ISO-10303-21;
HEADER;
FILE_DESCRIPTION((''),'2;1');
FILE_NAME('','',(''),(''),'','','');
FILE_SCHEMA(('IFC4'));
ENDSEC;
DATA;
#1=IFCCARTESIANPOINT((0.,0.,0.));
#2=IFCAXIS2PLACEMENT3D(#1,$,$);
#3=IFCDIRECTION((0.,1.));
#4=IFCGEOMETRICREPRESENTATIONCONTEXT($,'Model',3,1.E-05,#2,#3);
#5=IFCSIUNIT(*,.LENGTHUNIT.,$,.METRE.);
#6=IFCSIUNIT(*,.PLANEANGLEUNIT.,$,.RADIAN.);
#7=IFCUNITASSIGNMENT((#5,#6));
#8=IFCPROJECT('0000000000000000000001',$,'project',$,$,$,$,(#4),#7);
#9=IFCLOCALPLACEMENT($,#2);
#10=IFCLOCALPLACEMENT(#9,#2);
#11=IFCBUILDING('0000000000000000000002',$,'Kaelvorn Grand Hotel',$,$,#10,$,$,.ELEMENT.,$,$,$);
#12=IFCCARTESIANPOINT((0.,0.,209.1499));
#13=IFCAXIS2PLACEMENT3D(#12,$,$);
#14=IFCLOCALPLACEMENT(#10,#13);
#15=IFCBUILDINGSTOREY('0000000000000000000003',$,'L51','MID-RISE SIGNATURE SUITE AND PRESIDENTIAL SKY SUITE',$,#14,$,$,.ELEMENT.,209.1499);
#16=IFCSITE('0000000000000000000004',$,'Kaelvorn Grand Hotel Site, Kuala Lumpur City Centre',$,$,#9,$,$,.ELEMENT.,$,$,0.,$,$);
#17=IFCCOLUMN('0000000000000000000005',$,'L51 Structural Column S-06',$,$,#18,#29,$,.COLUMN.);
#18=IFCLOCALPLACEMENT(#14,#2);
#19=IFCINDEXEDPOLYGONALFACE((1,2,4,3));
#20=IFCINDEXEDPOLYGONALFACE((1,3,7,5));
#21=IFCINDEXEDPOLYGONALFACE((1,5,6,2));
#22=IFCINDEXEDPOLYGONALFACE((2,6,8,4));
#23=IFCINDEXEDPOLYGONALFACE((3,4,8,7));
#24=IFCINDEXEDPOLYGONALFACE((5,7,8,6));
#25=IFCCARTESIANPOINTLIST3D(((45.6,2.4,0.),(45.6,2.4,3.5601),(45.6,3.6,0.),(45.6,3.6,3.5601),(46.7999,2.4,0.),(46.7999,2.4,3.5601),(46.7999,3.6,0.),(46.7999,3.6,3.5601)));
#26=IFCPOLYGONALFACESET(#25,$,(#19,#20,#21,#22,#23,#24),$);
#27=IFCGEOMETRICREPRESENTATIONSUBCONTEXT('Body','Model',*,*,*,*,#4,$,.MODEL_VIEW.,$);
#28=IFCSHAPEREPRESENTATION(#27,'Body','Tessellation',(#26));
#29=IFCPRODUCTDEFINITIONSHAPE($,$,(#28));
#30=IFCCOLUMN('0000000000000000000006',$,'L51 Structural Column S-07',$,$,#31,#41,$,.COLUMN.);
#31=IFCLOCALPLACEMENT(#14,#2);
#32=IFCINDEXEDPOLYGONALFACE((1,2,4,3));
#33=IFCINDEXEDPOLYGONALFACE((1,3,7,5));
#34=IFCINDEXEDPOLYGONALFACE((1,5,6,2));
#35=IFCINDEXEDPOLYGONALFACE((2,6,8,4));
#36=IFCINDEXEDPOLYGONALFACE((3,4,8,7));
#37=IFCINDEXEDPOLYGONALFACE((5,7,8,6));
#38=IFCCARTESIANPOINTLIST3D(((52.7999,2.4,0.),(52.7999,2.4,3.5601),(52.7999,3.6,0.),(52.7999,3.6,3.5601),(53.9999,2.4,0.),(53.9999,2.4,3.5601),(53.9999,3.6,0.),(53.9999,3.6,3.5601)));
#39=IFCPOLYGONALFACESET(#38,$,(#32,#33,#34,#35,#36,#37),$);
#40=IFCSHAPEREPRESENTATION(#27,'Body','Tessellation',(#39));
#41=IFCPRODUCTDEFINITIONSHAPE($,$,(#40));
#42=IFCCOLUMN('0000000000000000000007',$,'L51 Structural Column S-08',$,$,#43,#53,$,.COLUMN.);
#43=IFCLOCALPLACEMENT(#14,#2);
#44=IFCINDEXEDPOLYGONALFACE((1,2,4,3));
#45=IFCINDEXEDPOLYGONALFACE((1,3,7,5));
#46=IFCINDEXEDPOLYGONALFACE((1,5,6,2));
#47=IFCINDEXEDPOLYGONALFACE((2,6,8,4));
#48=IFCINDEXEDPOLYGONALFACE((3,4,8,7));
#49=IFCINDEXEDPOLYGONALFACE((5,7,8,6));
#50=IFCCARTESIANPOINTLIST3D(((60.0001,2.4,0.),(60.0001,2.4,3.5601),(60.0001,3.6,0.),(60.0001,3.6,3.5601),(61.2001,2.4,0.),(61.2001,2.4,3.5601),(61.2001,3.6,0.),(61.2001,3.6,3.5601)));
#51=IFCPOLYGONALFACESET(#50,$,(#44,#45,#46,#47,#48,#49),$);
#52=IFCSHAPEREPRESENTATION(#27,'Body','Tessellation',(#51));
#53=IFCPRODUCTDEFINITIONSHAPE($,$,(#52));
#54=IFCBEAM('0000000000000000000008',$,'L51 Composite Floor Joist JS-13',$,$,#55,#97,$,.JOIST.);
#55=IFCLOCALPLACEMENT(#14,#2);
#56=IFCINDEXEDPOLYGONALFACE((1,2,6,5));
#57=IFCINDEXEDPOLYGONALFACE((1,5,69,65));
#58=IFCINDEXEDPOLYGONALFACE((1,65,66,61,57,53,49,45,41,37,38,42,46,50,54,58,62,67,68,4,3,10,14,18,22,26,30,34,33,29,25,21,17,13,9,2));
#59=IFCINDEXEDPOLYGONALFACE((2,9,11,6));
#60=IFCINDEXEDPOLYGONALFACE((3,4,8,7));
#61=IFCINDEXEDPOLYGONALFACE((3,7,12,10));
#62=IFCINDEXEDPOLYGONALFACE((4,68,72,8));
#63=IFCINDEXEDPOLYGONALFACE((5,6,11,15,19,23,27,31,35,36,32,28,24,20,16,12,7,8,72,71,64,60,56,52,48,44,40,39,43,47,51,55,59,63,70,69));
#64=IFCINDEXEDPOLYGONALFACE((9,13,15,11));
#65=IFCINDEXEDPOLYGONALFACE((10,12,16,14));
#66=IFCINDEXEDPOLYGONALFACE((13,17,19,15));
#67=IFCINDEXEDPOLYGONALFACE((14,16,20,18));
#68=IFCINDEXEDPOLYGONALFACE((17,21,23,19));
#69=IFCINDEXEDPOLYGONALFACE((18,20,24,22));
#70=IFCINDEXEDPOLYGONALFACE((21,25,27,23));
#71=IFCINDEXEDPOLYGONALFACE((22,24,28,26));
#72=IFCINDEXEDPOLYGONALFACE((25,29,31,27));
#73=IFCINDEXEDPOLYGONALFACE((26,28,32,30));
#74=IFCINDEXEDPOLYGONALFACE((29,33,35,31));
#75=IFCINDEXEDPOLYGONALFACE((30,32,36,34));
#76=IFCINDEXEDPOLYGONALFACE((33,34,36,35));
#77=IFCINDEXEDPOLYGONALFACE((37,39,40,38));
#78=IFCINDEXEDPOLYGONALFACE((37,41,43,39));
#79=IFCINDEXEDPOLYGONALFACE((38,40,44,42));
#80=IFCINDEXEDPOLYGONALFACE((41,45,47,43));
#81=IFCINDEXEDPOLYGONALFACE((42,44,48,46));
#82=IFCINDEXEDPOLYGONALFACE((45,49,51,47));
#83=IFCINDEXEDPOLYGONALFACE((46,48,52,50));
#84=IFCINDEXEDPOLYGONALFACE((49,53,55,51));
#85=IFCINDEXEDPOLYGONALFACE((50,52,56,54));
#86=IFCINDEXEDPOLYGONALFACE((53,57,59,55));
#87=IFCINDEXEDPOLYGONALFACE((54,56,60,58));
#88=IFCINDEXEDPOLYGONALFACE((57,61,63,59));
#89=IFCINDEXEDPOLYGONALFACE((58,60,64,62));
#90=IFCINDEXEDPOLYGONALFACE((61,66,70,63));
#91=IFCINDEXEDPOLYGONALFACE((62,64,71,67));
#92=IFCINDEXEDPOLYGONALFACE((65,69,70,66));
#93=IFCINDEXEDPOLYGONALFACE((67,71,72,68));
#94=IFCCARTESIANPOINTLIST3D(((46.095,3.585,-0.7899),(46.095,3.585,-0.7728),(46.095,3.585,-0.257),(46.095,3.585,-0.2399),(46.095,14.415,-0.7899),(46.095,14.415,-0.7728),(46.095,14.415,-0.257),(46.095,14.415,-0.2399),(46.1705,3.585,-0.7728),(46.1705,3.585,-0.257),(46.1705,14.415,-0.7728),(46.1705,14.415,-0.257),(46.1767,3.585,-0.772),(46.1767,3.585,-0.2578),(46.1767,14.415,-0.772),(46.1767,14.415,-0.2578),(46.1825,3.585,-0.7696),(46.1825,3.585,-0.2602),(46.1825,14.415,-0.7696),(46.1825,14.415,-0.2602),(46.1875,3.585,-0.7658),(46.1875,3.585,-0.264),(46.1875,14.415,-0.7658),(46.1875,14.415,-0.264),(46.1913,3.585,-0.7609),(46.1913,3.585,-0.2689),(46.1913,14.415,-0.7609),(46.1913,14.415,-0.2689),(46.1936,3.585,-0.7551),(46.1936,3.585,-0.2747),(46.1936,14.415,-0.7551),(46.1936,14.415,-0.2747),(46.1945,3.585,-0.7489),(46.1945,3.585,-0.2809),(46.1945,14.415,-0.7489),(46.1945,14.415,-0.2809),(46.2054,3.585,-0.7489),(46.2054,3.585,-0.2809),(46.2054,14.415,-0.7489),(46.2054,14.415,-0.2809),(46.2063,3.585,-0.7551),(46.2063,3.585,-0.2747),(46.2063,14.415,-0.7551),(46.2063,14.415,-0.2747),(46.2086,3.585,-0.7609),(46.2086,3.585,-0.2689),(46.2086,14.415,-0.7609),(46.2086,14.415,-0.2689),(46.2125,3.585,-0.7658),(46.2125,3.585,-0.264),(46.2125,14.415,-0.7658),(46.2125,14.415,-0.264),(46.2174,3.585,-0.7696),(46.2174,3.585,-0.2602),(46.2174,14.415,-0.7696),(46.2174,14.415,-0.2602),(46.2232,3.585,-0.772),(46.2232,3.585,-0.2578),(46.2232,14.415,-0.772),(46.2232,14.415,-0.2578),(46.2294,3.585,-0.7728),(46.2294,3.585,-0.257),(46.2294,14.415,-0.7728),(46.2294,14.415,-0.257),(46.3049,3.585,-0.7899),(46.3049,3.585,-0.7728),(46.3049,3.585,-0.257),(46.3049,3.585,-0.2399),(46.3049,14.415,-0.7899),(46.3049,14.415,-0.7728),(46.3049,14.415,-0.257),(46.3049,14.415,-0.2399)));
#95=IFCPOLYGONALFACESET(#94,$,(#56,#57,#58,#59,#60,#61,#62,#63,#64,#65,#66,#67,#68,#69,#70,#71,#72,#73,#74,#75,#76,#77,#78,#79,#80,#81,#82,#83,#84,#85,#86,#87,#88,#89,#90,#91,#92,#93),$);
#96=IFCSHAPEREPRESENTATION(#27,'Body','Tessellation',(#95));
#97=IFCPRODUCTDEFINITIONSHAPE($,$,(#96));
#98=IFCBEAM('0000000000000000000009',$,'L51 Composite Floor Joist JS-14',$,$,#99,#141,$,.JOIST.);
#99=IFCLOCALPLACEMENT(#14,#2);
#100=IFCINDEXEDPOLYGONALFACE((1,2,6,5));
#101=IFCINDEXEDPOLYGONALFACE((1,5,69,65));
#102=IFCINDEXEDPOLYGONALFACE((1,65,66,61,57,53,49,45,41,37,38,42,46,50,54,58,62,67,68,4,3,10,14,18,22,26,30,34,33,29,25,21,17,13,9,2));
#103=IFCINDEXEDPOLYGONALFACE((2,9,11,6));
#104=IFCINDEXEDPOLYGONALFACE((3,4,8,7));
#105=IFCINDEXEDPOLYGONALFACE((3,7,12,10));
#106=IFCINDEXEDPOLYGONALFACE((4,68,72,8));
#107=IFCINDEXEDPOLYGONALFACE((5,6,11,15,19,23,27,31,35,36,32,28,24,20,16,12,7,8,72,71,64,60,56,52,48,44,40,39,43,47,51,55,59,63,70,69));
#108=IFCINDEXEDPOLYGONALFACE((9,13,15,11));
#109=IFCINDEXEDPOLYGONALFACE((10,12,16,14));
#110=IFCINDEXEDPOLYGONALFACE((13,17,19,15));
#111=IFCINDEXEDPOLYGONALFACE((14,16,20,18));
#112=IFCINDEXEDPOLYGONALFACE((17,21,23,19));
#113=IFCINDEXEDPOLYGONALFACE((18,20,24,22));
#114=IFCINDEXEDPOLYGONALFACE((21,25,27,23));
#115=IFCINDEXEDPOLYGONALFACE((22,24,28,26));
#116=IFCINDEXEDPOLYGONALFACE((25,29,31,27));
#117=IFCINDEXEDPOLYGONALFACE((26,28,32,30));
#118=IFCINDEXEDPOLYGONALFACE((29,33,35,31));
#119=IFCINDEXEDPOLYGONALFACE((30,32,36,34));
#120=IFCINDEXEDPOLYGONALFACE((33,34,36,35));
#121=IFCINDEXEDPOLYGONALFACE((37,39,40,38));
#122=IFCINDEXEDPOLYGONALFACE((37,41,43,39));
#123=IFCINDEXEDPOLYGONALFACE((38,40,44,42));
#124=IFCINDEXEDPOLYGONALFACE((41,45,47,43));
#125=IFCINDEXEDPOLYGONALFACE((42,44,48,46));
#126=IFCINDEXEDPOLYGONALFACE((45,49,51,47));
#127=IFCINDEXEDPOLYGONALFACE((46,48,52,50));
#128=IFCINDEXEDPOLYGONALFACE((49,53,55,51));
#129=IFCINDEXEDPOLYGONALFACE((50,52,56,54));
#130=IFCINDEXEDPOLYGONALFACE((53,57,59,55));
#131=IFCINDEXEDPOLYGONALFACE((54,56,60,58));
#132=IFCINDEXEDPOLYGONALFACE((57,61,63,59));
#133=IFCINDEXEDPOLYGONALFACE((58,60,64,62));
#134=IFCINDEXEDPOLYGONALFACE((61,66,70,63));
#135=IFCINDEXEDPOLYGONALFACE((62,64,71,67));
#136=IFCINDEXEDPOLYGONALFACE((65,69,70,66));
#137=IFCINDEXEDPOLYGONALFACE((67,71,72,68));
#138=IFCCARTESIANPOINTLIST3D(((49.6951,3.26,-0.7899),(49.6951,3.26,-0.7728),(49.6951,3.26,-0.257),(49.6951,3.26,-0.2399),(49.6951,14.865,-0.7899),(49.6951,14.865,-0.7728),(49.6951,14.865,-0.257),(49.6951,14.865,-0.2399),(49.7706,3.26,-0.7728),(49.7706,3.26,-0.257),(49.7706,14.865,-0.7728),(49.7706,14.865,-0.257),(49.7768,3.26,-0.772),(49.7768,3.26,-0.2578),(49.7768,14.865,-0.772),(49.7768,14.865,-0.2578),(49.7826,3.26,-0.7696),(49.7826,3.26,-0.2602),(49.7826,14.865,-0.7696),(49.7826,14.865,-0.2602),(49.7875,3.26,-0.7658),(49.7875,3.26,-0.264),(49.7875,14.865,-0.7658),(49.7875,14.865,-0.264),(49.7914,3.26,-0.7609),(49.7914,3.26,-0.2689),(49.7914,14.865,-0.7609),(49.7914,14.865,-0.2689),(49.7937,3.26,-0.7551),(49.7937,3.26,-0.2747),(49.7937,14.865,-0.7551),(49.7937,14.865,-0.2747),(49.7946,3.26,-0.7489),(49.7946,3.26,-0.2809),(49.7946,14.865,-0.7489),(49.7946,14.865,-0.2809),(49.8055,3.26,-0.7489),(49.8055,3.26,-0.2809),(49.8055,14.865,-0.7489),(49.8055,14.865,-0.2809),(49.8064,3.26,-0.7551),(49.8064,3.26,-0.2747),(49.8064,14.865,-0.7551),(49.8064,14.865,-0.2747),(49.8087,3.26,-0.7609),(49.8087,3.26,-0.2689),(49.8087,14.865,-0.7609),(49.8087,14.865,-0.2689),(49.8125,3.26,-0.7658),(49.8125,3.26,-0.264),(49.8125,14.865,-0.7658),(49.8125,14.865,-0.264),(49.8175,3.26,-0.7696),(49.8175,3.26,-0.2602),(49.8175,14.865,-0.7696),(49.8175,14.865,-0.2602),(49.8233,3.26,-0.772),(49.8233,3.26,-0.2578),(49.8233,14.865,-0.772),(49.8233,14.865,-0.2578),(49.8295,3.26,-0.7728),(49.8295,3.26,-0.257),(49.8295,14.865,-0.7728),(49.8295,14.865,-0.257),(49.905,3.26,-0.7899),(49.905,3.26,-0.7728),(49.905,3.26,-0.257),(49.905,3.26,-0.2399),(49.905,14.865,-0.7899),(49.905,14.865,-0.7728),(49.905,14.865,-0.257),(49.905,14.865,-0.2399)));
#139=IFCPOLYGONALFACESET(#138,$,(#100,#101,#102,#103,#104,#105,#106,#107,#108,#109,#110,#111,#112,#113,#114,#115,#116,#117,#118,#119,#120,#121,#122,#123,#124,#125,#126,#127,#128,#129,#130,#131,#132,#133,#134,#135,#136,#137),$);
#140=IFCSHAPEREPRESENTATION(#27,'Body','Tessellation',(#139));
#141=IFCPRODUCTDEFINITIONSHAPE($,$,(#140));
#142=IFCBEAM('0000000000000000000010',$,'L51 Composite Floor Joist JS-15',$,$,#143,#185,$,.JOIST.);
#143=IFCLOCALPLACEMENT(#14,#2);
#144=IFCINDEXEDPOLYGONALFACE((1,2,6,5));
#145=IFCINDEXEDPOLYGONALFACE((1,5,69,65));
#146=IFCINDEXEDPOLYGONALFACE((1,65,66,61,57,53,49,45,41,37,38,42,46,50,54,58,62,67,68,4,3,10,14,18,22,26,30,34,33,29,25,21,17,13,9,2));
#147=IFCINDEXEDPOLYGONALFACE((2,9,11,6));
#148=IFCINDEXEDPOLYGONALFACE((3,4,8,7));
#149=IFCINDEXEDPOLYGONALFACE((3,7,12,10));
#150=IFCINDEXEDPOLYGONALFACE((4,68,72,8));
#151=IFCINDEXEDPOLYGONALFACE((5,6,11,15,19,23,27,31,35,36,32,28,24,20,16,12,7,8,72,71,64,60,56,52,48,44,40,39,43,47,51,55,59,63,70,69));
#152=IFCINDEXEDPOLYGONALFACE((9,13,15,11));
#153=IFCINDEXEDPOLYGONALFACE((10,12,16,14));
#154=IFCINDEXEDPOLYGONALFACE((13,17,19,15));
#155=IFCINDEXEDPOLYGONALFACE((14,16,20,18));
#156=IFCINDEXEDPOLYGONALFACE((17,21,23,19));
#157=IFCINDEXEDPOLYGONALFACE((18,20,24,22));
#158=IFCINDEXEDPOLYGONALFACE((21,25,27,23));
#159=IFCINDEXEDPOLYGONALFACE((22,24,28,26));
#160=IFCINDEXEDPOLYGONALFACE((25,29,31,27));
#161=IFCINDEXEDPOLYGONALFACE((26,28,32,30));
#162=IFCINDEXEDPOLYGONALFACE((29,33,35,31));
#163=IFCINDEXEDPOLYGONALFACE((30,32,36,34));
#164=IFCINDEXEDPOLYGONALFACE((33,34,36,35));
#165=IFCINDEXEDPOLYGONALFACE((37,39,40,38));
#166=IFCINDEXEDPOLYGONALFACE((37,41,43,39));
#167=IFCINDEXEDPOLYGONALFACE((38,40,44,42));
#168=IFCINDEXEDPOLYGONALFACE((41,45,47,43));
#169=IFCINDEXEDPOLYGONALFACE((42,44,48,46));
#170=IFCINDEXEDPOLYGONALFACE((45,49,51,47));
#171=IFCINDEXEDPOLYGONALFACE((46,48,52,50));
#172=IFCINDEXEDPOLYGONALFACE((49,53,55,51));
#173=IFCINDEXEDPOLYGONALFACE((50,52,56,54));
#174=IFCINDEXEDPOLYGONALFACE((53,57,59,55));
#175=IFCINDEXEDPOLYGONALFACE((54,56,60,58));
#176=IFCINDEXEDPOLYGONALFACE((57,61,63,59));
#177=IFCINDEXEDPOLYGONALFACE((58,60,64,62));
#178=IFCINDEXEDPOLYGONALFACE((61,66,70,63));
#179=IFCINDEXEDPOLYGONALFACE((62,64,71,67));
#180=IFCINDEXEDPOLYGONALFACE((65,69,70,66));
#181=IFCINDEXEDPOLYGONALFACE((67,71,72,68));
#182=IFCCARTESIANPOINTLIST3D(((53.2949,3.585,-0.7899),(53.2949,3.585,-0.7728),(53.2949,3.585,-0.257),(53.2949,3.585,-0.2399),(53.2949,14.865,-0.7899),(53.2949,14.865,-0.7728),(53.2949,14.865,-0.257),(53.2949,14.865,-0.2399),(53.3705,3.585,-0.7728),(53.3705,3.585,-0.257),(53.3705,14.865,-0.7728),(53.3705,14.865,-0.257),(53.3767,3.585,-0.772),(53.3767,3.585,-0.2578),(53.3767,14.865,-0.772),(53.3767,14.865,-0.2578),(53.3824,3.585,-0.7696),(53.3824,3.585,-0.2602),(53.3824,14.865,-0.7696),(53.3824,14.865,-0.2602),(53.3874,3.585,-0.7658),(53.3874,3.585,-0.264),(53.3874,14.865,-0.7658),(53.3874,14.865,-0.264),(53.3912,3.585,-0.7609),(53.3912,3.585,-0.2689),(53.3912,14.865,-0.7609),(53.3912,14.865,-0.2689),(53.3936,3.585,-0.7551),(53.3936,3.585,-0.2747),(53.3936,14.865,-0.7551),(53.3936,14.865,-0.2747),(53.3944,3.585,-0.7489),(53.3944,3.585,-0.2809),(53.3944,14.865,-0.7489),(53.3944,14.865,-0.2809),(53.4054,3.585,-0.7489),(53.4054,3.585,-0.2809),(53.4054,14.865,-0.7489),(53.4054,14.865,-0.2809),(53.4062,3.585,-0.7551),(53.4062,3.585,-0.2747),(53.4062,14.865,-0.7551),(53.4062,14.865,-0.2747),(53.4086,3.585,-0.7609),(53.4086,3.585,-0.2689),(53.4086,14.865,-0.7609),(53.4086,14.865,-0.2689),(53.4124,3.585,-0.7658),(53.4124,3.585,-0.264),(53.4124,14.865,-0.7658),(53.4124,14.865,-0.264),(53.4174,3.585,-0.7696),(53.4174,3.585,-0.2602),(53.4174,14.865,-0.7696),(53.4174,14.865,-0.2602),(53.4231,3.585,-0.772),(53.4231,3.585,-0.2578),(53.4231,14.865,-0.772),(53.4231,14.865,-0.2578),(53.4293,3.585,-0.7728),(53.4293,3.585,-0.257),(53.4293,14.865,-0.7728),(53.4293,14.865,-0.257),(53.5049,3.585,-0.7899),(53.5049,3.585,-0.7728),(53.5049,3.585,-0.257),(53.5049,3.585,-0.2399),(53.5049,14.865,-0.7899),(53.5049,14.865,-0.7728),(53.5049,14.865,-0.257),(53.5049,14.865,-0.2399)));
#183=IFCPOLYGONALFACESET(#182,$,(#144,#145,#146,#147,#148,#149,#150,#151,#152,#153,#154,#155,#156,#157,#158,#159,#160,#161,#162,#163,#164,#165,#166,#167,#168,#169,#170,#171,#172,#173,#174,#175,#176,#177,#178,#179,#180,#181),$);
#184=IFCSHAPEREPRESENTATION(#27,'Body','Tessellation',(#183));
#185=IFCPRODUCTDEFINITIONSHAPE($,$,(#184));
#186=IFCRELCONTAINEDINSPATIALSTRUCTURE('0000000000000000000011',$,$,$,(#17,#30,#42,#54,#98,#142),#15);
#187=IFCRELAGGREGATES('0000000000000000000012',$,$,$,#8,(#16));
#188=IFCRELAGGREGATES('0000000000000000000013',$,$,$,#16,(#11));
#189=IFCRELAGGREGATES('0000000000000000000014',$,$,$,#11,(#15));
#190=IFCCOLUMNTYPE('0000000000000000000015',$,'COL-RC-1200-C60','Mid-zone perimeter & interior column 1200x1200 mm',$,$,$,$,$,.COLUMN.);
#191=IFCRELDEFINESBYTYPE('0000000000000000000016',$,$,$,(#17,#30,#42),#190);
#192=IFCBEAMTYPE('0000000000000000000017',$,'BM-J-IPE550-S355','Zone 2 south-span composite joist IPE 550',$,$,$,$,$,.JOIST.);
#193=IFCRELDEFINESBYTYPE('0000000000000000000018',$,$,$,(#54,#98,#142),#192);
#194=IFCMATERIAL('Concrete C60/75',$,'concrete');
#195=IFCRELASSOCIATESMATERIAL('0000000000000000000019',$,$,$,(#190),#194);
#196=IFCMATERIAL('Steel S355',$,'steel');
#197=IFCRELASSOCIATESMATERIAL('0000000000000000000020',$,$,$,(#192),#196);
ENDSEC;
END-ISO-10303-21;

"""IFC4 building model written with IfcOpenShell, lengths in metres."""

from ifc_helpers import new_model, si_unit, direction, frame, origin, origin_2d, place, context, subcontext, project, spatial, rectangle, i_section, extrude, material, material_profile, profile_set, type_object, element, save


model = new_model("IFC4")

# Units and contexts
model_context = context("Model", 3, precision=1e-05, world=origin(), true_north=direction((0.0, 1.0)))
body_context = subcontext(model_context, "Body", "Model", "MODEL_VIEW")
ifc_project = project(units=[si_unit("LENGTHUNIT", "METRE"), si_unit("PLANEANGLEUNIT", "RADIAN")], contexts=[model_context])

# Site, building, storey
site_placement = place(None, origin())
site = spatial("IfcSite", under=ifc_project, at=site_placement, Name="Kaelvorn Grand Hotel Site, Kuala Lumpur City Centre", CompositionType="ELEMENT", RefElevation=0.0)
building_placement = place(site_placement, origin())
building = spatial("IfcBuilding", under=site, at=building_placement, Name="Kaelvorn Grand Hotel", CompositionType="ELEMENT")
storey_placement = place(building_placement, frame((0.0, 0.0, 209.1499)))
storey = spatial("IfcBuildingStorey", under=building, at=storey_placement, Name="L51", Description="MID-RISE SIGNATURE SUITE AND PRESIDENTIAL SKY SUITE", CompositionType="ELEMENT", Elevation=209.1499)

# Columns
ifc_material_1 = material(Name="Concrete C60/75", Category="concrete")
ifc_material_profile_1 = material_profile(ifc_material_1, rectangle(XDim=1.2, YDim=1.2, at=origin_2d()), Name="RC COL 1200x1200")
ifc_profile_set_1 = profile_set([ifc_material_profile_1], Name="Concrete C60/75")
column_type = type_object("IfcColumnType", Name="COL-RC-1200-C60", Description="Mid-zone perimeter & interior column 1200x1200 mm", PredefinedType="COLUMN", material=ifc_profile_set_1)
for number, where, z_axis, x_axis, name in (
    (1, (46.2, 3.0, 0.0), (0.0, 0.0, 1.0), (1.0, 0.0, 0.0), "L51 Structural Column S-06"),
    (2, (53.3999, 3.0, 0.0), (0.0, 0.0, 1.0), (1.0, 0.0, 0.0), "L51 Structural Column S-07"),
    (3, (60.6001, 3.0, 0.0), (0.0, 0.0, 1.0), (1.0, 0.0, 0.0), "L51 Structural Column S-08"),
):
    element("IfcColumn", number, at=place(storey_placement, frame(where, z_axis=z_axis, x_axis=x_axis)), inside=storey, type_object=column_type, Name=name, PredefinedType="COLUMN", context=body_context, shape_type="SweptSolid", body=[
        extrude(rectangle(XDim=1.2, YDim=1.2, at=origin_2d()), origin(), (0.0, 0.0, 1.0), 3.5601),
    ])

# Beams
ifc_material_2 = material(Name="Steel S355", Category="steel")
ifc_material_profile_2 = material_profile(ifc_material_2, i_section(OverallWidth=0.21, OverallDepth=0.55, WebThickness=0.011, FlangeThickness=0.0171, FilletRadius=0.0239, at=origin_2d()), Name="IPE 550")
ifc_profile_set_2 = profile_set([ifc_material_profile_2], Name="Steel S355")
beam_type_1 = type_object("IfcBeamType", Name="BM-J-IPE550-S355", Description="Zone 2 south-span composite joist IPE 550", PredefinedType="JOIST", material=ifc_profile_set_2)
beam_1_placement = place(storey_placement, frame((46.2, 3.585, -0.5149), z_axis=(0.0, 1.0, 0.0), x_axis=(-1.0, 0.0, 0.0)))
element("IfcBeam", 4, at=beam_1_placement, inside=storey, type_object=beam_type_1, Name="L51 Composite Floor Joist JS-13", PredefinedType="JOIST", context=body_context, shape_type="SweptSolid", body=[
    extrude(i_section(OverallWidth=0.21, OverallDepth=0.55, WebThickness=0.011, FlangeThickness=0.0171, FilletRadius=0.0239, at=origin_2d()), origin(), (0.0, 0.0, 1.0), 10.8301),
])
beam_2_placement = place(storey_placement, frame((49.8, 3.26, -0.5149), z_axis=(0.0, 1.0, 0.0), x_axis=(-1.0, 0.0, 0.0)))
element("IfcBeam", 5, at=beam_2_placement, inside=storey, type_object=beam_type_1, Name="L51 Composite Floor Joist JS-14", PredefinedType="JOIST", context=body_context, shape_type="SweptSolid", body=[
    extrude(i_section(OverallWidth=0.21, OverallDepth=0.55, WebThickness=0.011, FlangeThickness=0.0171, FilletRadius=0.0239, at=origin_2d()), origin(), (0.0, 0.0, 1.0), 11.605),
])
beam_3_placement = place(storey_placement, frame((53.3999, 3.585, -0.5149), z_axis=(0.0, 1.0, 0.0), x_axis=(-1.0, 0.0, 0.0)))
element("IfcBeam", 6, at=beam_3_placement, inside=storey, type_object=beam_type_1, Name="L51 Composite Floor Joist JS-15", PredefinedType="JOIST", context=body_context, shape_type="SweptSolid", body=[
    extrude(i_section(OverallWidth=0.21, OverallDepth=0.55, WebThickness=0.011, FlangeThickness=0.0171, FilletRadius=0.0239, at=origin_2d()), origin(), (0.0, 0.0, 1.0), 11.28),
])

save(model, "model.ifc")
